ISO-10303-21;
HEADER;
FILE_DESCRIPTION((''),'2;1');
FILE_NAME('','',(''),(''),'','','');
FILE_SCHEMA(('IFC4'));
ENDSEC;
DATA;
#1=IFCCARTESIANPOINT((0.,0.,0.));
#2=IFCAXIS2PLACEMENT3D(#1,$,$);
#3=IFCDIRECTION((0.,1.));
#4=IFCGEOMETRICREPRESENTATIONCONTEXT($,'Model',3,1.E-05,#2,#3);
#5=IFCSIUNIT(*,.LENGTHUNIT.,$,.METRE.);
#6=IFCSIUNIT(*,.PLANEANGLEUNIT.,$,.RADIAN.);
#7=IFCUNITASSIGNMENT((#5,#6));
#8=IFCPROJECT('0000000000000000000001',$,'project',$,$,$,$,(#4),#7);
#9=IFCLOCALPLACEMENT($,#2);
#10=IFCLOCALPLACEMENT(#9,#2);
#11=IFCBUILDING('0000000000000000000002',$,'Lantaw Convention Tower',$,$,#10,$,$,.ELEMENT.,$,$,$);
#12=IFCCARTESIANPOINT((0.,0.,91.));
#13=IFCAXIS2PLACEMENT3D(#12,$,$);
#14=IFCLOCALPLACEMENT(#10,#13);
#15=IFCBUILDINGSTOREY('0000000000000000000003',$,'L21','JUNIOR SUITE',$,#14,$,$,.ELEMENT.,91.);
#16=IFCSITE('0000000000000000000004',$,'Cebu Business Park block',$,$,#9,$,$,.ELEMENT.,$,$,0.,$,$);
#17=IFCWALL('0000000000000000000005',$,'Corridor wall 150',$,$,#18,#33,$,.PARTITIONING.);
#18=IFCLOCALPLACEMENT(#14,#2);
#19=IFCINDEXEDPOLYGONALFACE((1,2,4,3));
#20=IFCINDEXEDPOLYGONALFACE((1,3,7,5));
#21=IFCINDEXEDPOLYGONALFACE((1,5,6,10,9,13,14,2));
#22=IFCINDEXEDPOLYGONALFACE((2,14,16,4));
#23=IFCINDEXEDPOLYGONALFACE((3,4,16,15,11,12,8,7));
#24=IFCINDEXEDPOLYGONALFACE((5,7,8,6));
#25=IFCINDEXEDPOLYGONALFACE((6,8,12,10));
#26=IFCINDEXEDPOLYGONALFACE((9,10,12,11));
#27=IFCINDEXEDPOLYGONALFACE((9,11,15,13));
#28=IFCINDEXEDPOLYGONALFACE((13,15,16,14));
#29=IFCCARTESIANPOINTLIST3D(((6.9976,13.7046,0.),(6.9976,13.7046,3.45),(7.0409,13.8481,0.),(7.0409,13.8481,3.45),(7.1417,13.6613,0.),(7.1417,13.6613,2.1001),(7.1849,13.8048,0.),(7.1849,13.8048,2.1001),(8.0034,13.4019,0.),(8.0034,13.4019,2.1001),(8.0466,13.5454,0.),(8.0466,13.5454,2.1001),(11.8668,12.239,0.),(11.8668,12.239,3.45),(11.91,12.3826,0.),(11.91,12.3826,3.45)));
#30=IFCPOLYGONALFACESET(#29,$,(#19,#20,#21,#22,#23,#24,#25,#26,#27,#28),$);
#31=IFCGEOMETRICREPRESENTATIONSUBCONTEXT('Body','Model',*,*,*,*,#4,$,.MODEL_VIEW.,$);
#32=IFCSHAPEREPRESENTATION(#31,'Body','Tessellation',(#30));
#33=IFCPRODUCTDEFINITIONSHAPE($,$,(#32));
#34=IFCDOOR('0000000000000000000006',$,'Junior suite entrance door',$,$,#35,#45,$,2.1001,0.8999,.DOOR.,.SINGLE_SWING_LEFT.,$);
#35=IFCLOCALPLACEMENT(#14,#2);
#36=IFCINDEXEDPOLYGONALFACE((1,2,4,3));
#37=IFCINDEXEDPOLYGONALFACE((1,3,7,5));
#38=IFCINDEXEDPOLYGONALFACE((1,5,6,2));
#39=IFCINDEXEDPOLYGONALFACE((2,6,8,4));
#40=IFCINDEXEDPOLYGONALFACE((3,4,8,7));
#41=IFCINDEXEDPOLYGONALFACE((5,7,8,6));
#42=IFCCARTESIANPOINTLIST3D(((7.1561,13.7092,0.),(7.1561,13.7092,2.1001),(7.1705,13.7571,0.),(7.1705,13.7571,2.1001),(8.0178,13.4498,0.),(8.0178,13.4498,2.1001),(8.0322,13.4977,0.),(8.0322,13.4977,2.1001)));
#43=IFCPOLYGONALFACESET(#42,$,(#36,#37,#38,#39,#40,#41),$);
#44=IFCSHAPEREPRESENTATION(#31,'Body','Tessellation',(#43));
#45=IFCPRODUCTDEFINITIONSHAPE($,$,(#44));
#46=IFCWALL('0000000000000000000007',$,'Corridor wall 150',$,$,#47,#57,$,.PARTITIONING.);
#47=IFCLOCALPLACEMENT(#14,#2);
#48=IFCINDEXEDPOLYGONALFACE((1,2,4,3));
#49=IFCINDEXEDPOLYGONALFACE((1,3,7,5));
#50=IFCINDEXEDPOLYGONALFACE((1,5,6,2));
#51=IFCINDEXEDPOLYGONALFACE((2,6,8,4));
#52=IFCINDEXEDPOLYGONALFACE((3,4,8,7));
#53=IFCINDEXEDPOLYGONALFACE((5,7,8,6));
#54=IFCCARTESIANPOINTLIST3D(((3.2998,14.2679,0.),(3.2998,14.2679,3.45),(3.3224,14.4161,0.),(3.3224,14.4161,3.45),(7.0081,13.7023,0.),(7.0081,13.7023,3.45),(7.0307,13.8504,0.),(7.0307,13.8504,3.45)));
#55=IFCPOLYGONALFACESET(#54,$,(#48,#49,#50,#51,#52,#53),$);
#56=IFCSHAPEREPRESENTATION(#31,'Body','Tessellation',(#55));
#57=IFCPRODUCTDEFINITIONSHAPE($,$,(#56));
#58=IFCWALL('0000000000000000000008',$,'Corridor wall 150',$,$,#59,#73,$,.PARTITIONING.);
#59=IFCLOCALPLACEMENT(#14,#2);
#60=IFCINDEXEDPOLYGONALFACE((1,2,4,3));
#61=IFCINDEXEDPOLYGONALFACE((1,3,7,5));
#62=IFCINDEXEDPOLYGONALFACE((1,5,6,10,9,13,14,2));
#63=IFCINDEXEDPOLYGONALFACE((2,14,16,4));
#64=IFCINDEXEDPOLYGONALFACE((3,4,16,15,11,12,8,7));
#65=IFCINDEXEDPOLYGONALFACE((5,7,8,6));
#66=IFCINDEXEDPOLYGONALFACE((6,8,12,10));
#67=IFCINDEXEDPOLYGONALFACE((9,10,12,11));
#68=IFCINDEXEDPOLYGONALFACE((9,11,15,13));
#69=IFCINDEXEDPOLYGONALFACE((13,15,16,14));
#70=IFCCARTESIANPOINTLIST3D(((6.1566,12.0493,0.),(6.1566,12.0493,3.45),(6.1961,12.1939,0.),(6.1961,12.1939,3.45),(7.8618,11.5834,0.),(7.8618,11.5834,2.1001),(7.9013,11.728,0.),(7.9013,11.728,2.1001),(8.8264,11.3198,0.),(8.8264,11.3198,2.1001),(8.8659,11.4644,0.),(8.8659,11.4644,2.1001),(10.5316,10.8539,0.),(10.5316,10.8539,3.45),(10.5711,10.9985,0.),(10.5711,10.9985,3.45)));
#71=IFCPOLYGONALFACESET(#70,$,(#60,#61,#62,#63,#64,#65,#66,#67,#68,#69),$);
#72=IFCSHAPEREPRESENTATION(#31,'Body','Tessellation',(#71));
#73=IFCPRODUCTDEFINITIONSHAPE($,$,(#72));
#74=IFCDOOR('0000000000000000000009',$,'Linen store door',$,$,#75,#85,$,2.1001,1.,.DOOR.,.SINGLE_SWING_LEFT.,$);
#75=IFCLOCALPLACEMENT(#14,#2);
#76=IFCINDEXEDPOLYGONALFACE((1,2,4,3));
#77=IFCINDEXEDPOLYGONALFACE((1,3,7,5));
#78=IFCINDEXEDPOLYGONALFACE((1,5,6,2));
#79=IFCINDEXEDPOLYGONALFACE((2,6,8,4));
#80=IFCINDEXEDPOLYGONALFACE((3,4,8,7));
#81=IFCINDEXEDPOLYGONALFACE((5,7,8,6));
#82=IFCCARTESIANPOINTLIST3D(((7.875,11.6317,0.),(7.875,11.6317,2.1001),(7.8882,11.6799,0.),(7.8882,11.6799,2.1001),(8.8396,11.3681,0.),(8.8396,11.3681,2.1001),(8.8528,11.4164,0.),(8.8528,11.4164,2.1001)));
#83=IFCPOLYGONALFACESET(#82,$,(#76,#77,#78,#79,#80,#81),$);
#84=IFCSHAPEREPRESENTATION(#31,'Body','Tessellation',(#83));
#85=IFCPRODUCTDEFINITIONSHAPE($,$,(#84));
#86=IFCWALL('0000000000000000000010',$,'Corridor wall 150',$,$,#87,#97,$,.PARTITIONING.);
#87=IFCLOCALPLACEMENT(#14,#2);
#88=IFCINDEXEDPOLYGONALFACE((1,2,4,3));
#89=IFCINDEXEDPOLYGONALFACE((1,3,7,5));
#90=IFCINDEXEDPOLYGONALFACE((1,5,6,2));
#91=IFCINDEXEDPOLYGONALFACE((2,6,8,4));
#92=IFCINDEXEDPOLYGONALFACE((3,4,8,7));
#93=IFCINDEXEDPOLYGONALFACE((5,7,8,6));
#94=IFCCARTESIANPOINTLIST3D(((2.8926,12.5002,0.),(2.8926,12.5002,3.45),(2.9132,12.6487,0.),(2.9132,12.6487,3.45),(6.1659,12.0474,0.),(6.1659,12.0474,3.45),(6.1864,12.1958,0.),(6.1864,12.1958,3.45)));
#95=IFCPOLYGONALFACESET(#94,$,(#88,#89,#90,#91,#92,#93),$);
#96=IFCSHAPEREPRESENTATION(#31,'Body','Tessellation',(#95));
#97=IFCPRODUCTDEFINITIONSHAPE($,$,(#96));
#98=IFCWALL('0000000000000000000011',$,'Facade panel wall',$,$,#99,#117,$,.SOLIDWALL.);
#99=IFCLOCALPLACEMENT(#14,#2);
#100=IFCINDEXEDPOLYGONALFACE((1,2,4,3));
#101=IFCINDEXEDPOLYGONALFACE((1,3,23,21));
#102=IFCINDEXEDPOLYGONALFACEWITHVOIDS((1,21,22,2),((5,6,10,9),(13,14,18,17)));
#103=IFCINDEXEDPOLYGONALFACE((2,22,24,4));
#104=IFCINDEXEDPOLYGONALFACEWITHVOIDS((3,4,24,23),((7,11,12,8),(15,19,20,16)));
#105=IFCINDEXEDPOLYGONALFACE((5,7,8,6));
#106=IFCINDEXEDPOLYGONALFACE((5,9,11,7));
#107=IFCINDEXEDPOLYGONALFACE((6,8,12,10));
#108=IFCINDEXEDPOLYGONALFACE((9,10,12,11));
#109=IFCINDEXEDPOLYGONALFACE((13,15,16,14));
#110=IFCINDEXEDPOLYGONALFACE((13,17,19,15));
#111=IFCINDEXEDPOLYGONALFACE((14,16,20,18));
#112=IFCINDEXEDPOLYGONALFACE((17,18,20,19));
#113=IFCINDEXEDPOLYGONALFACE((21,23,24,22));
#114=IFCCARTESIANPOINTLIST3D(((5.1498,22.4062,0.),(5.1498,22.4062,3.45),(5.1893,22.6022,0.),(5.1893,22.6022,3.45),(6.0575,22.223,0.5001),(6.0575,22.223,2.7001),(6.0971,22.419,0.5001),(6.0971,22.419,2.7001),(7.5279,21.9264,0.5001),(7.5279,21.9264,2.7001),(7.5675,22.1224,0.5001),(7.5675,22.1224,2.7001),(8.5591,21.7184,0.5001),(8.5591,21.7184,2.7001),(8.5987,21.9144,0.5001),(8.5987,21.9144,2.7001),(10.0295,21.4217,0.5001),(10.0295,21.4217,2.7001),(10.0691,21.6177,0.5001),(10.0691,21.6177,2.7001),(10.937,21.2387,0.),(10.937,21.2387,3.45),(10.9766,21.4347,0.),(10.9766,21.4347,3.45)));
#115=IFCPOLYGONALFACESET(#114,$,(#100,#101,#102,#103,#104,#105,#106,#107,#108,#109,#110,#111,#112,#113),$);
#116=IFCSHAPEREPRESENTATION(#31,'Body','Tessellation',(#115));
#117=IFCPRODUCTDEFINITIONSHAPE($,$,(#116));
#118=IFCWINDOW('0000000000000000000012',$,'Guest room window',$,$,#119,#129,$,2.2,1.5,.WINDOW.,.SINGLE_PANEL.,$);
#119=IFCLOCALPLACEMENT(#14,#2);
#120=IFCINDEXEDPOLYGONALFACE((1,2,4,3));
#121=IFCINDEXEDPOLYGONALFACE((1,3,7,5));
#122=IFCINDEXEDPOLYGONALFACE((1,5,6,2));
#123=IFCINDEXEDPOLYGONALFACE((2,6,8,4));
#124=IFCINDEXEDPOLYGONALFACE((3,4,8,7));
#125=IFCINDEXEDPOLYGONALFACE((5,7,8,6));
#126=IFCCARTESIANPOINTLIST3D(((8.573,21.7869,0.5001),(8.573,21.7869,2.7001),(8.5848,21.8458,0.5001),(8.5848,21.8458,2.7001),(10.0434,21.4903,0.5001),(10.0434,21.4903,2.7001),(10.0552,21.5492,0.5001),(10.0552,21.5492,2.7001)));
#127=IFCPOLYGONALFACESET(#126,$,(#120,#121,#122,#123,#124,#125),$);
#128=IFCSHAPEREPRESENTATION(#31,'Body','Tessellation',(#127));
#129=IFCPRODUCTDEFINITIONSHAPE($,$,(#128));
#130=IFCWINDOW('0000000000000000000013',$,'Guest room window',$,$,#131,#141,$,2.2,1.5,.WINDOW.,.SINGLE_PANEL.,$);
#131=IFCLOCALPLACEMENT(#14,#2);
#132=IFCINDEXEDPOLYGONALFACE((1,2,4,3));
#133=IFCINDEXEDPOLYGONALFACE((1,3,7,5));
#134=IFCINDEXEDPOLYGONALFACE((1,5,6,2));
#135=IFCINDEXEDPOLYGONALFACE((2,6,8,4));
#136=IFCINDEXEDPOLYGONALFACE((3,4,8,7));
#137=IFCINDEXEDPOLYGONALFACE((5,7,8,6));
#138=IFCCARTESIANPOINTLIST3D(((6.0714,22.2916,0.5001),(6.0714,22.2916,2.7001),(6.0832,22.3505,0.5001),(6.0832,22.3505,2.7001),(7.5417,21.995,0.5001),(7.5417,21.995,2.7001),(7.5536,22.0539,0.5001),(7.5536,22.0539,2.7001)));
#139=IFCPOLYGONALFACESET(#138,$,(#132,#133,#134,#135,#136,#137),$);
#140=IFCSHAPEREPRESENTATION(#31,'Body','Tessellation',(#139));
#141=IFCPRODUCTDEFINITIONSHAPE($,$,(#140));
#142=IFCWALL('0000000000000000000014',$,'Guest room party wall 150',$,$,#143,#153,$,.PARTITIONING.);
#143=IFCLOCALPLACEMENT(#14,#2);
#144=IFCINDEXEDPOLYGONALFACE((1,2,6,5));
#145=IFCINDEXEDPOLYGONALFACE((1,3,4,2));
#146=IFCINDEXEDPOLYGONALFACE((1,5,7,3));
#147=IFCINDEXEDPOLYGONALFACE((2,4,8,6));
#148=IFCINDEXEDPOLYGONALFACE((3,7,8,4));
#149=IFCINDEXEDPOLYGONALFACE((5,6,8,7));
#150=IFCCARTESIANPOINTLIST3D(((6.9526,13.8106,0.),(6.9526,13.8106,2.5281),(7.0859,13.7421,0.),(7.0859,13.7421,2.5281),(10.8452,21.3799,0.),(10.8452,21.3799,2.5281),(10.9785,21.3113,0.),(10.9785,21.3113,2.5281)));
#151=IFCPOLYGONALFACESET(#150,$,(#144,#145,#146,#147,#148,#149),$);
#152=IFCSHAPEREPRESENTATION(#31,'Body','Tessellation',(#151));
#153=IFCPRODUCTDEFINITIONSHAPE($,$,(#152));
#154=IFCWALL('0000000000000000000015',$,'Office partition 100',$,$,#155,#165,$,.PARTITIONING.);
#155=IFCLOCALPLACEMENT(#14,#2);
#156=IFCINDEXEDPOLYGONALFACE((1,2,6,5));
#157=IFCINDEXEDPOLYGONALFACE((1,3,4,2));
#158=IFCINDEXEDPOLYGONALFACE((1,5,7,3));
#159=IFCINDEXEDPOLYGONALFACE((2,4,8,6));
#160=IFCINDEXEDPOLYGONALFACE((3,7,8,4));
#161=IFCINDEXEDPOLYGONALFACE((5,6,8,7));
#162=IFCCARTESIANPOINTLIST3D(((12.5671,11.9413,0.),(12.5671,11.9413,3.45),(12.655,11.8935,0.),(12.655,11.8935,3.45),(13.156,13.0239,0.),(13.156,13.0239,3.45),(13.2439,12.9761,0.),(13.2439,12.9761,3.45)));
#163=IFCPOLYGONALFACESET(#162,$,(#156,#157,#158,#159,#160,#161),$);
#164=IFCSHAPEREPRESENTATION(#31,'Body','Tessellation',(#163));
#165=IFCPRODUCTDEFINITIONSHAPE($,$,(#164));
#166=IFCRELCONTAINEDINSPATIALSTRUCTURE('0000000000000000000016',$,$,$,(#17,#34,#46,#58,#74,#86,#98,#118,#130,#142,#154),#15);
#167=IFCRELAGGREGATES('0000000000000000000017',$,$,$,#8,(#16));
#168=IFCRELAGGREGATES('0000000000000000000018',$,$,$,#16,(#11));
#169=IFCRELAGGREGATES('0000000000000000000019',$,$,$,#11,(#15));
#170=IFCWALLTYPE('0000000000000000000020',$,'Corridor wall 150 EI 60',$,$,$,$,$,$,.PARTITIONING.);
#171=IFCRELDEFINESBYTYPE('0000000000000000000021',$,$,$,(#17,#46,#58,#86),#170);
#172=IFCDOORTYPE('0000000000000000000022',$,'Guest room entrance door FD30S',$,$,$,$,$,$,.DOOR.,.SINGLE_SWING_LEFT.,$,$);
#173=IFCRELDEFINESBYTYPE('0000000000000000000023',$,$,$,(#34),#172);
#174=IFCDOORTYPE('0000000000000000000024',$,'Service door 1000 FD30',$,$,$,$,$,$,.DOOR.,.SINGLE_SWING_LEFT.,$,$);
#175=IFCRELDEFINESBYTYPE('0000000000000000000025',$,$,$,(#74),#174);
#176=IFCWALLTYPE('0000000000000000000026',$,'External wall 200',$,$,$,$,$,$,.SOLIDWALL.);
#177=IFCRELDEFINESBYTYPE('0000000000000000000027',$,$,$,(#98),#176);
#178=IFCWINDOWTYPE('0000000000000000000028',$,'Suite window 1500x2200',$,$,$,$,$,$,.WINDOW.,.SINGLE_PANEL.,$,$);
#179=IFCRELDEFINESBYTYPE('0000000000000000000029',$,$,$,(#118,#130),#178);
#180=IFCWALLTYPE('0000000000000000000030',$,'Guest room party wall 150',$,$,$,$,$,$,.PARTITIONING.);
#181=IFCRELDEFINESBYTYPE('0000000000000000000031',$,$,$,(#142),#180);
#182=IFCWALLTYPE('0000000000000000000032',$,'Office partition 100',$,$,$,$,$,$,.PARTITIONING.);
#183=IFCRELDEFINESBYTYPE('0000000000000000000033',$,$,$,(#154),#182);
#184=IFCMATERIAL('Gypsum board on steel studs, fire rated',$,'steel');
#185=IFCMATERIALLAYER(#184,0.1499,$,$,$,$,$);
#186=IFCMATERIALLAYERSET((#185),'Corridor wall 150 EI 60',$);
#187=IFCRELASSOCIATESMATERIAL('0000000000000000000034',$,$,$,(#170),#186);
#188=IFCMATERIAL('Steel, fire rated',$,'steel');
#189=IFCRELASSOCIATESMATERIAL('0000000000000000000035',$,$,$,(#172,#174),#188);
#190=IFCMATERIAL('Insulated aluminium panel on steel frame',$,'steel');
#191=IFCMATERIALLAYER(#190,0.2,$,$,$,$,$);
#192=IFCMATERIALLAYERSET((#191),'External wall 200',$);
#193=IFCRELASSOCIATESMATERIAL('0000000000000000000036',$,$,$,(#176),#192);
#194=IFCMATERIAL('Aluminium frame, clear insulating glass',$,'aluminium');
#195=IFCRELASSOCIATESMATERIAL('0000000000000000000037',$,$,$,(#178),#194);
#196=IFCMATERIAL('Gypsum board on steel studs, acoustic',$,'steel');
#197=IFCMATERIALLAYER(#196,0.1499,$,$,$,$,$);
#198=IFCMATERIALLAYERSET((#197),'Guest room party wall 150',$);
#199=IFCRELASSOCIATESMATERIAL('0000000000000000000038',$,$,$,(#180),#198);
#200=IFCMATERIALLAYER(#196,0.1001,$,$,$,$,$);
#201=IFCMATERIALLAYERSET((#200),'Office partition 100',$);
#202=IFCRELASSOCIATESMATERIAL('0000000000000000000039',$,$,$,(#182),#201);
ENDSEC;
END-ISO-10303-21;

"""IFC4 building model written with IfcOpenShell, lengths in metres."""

from ifc_helpers import new_model, si_unit, direction, frame, frame_2d, origin, place, context, subcontext, project, spatial, rectangle, extrude, material, layer, layer_set, type_object, element, fill, save


model = new_model("IFC4")

# Units and contexts
model_context = context("Model", 3, precision=1e-05, world=origin(), true_north=direction((0.0, 1.0)))
body_context = subcontext(model_context, "Body", "Model", "MODEL_VIEW")
ifc_project = project(units=[si_unit("LENGTHUNIT", "METRE"), si_unit("PLANEANGLEUNIT", "RADIAN")], contexts=[model_context])

# Site, building, storey
site_placement = place(None, origin())
site = spatial("IfcSite", under=ifc_project, at=site_placement, Name="Cebu Business Park block", CompositionType="ELEMENT", RefElevation=0.0)
building_placement = place(site_placement, origin())
building = spatial("IfcBuilding", under=site, at=building_placement, Name="Lantaw Convention Tower", CompositionType="ELEMENT")
storey_placement = place(building_placement, frame((0.0, 0.0, 91.0)))
storey = spatial("IfcBuildingStorey", under=building, at=storey_placement, Name="L21", Description="JUNIOR SUITE", CompositionType="ELEMENT", Elevation=91.0)

# Wall, opening, door
ifc_material_1 = material(Name="Gypsum board on steel studs, fire rated", Category="steel")
ifc_layer_1 = layer(ifc_material_1, 0.1499)
ifc_layer_set_1 = layer_set([ifc_layer_1], Name="Corridor wall 150 EI 60")
wall_type_1 = type_object("IfcWallType", Name="Corridor wall 150 EI 60", PredefinedType="PARTITIONING", material=ifc_layer_set_1)
wall_1_placement = place(storey_placement, frame((11.8884, 12.3108, 0.0), z_axis=(0.0, 0.0, 1.0), x_axis=(-0.957564, 0.28822, 0.0)))
wall_1 = element("IfcWall", 1, at=wall_1_placement, inside=storey, type_object=wall_type_1, Name="Corridor wall 150", PredefinedType="PARTITIONING", context=body_context, shape_type="SweptSolid", body=[
    extrude(rectangle(XDim=5.085, YDim=0.1499, at=frame_2d((2.5425, 0.0))), origin(), (0.0, 0.0, 1.0), 3.45),
])
opening_1_placement = place(wall_1_placement, frame((4.0347, 0.0, 0.0)))
opening_1 = element("IfcOpeningElement", 2, at=opening_1_placement, cuts=wall_1, PredefinedType="OPENING", context=body_context, shape_type="SweptSolid", body=[
    extrude(rectangle(XDim=0.8999, YDim=2.1001, at=frame_2d((0.45, 1.05))), frame((0.0, 0.085, 0.0), z_axis=(0.0, -1.0, 0.0), x_axis=(1.0, 0.0, 0.0)), (0.0, 0.0, 1.0), 0.1699),
])
ifc_material_2 = material(Name="Steel, fire rated", Category="steel")
door_type_1 = type_object("IfcDoorType", Name="Guest room entrance door FD30S", OperationType="SINGLE_SWING_LEFT", PredefinedType="DOOR", material=ifc_material_2)
door_1_placement = place(opening_1_placement, origin())
door_1 = element("IfcDoor", 3, at=door_1_placement, inside=storey, type_object=door_type_1, Name="Junior suite entrance door", OperationType="SINGLE_SWING_LEFT", OverallHeight=2.1001, OverallWidth=0.8999, PredefinedType="DOOR", context=body_context, shape_type="SweptSolid", body=[
    extrude(rectangle(XDim=0.8999, YDim=2.1001, at=frame_2d((0.45, 1.05))), frame((0.0, 0.0249, 0.0), z_axis=(0.0, -1.0, 0.0), x_axis=(1.0, 0.0, 0.0)), (0.0, 0.0, 1.0), 0.05),
])
fill(opening_1, door_1)

# Wall
wall_2_placement = place(storey_placement, frame((7.0193, 13.7764, 0.0), z_axis=(0.0, 0.0, 1.0), x_axis=(-0.988564, 0.1508, 0.0)))
element("IfcWall", 4, at=wall_2_placement, inside=storey, type_object=wall_type_1, Name="Corridor wall 150", PredefinedType="PARTITIONING", context=body_context, shape_type="SweptSolid", body=[
    extrude(rectangle(XDim=3.7512, YDim=0.1499, at=frame_2d((1.8755, 0.0))), origin(), (0.0, 0.0, 1.0), 3.45),
])

# Wall, opening, door
wall_3_placement = place(storey_placement, frame((10.5513, 10.9263, 0.0), z_axis=(0.0, 0.0, 1.0), x_axis=(-0.964644, 0.263555, 0.0)))
wall_3 = element("IfcWall", 5, at=wall_3_placement, inside=storey, type_object=wall_type_1, Name="Corridor wall 150", PredefinedType="PARTITIONING", context=body_context, shape_type="SweptSolid", body=[
    extrude(rectangle(XDim=4.5354, YDim=0.1499, at=frame_2d((2.2676, 0.0))), origin(), (0.0, 0.0, 1.0), 3.45),
])
opening_2_placement = place(wall_3_placement, frame((1.7676, 0.0, 0.0)))
opening_2 = element("IfcOpeningElement", 6, at=opening_2_placement, cuts=wall_3, PredefinedType="OPENING", context=body_context, shape_type="SweptSolid", body=[
    extrude(rectangle(XDim=1.0, YDim=2.1001, at=frame_2d((0.5, 1.05))), frame((0.0, 0.085, 0.0), z_axis=(0.0, -1.0, 0.0), x_axis=(1.0, 0.0, 0.0)), (0.0, 0.0, 1.0), 0.1699),
])
door_type_2 = type_object("IfcDoorType", Name="Service door 1000 FD30", OperationType="SINGLE_SWING_LEFT", PredefinedType="DOOR", material=ifc_material_2)
door_2_placement = place(opening_2_placement, origin())
door_2 = element("IfcDoor", 7, at=door_2_placement, inside=storey, type_object=door_type_2, Name="Linen store door", OperationType="SINGLE_SWING_LEFT", OverallHeight=2.1001, OverallWidth=1.0, PredefinedType="DOOR", context=body_context, shape_type="SweptSolid", body=[
    extrude(rectangle(XDim=1.0, YDim=2.1001, at=frame_2d((0.5, 1.05))), frame((0.0, 0.0249, 0.0), z_axis=(0.0, -1.0, 0.0), x_axis=(1.0, 0.0, 0.0)), (0.0, 0.0, 1.0), 0.05),
])
fill(opening_2, door_2)

# Wall
wall_4_placement = place(storey_placement, frame((6.1763, 12.1216, 0.0), z_axis=(0.0, 0.0, 1.0), x_axis=(-0.990563, 0.137055, 0.0)))
element("IfcWall", 8, at=wall_4_placement, inside=storey, type_object=wall_type_1, Name="Corridor wall 150", PredefinedType="PARTITIONING", context=body_context, shape_type="SweptSolid", body=[
    extrude(rectangle(XDim=3.3044, YDim=0.1499, at=frame_2d((1.6523, 0.0))), origin(), (0.0, 0.0, 1.0), 3.45),
])

# Wall, openings, windows
ifc_material_3 = material(Name="Insulated aluminium panel on steel frame", Category="steel")
ifc_layer_2 = layer(ifc_material_3, 0.2)
ifc_layer_set_2 = layer_set([ifc_layer_2], Name="External wall 200")
wall_type_2 = type_object("IfcWallType", Name="External wall 200", PredefinedType="SOLIDWALL", material=ifc_layer_set_2)
wall_5_placement = place(storey_placement, frame((10.9568, 21.3367, 0.0), z_axis=(0.0, 0.0, 1.0), x_axis=(-0.980252, 0.197754, 0.0)))
wall_5 = element("IfcWall", 9, at=wall_5_placement, inside=storey, type_object=wall_type_2, Name="Facade panel wall", PredefinedType="SOLIDWALL", context=body_context, shape_type="SweptSolid", body=[
    extrude(rectangle(XDim=5.9038, YDim=0.2, at=frame_2d((2.9519, 0.0))), origin(), (0.0, 0.0, 1.0), 3.45),
])
opening_3_placement = place(wall_5_placement, frame((0.9258, 0.0, 0.5)))
opening_3 = element("IfcOpeningElement", 10, at=opening_3_placement, cuts=wall_5, PredefinedType="OPENING", context=body_context, shape_type="SweptSolid", body=[
    extrude(rectangle(XDim=1.5, YDim=2.2, at=frame_2d((0.75, 1.1001))), frame((0.0, 0.1099, 0.0), z_axis=(0.0, -1.0, 0.0), x_axis=(1.0, 0.0, 0.0)), (0.0, 0.0, 1.0), 0.22),
])
opening_4_placement = place(wall_5_placement, frame((3.4778, 0.0, 0.5)))
opening_4 = element("IfcOpeningElement", 11, at=opening_4_placement, cuts=wall_5, PredefinedType="OPENING", context=body_context, shape_type="SweptSolid", body=[
    extrude(rectangle(XDim=1.5, YDim=2.2, at=frame_2d((0.75, 1.1001))), frame((0.0, 0.1099, 0.0), z_axis=(0.0, -1.0, 0.0), x_axis=(1.0, 0.0, 0.0)), (0.0, 0.0, 1.0), 0.22),
])
ifc_material_4 = material(Name="Aluminium frame, clear insulating glass", Category="aluminium")
window_type = type_object("IfcWindowType", Name="Suite window 1500x2200", PartitioningType="SINGLE_PANEL", PredefinedType="WINDOW", material=ifc_material_4)
window_1_placement = place(opening_3_placement, origin())
window_1 = element("IfcWindow", 12, at=window_1_placement, inside=storey, type_object=window_type, Name="Guest room window", OverallHeight=2.2, OverallWidth=1.5, PartitioningType="SINGLE_PANEL", PredefinedType="WINDOW", context=body_context, shape_type="SweptSolid", body=[
    extrude(rectangle(XDim=1.5, YDim=2.2, at=frame_2d((0.75, 1.1001))), frame((0.0, 0.03, 0.0), z_axis=(0.0, -1.0, 0.0), x_axis=(1.0, 0.0, 0.0)), (0.0, 0.0, 1.0), 0.0601),
])
fill(opening_3, window_1)
window_2_placement = place(opening_4_placement, origin())
window_2 = element("IfcWindow", 13, at=window_2_placement, inside=storey, type_object=window_type, Name="Guest room window", OverallHeight=2.2, OverallWidth=1.5, PartitioningType="SINGLE_PANEL", PredefinedType="WINDOW", context=body_context, shape_type="SweptSolid", body=[
    extrude(rectangle(XDim=1.5, YDim=2.2, at=frame_2d((0.75, 1.1001))), frame((0.0, 0.03, 0.0), z_axis=(0.0, -1.0, 0.0), x_axis=(1.0, 0.0, 0.0)), (0.0, 0.0, 1.0), 0.0601),
])
fill(opening_4, window_2)

# Walls
ifc_material_5 = material(Name="Gypsum board on steel studs, acoustic", Category="steel")
ifc_layer_3 = layer(ifc_material_5, 0.1499)
ifc_layer_set_3 = layer_set([ifc_layer_3], Name="Guest room party wall 150")
wall_type_3 = type_object("IfcWallType", Name="Guest room party wall 150", PredefinedType="PARTITIONING", material=ifc_layer_set_3)
wall_6_placement = place(storey_placement, frame((10.9119, 21.3457, 0.0), z_axis=(0.0, 0.0, 1.0), x_axis=(-0.457327, -0.889298, 0.0)))
element("IfcWall", 14, at=wall_6_placement, inside=storey, type_object=wall_type_3, Name="Guest room party wall 150", PredefinedType="PARTITIONING", context=body_context, shape_type="SweptSolid", body=[
    extrude(rectangle(XDim=8.5115, YDim=0.1499, at=frame_2d((4.2559, 0.0))), origin(), (0.0, 0.0, 1.0), 2.5281),
])
ifc_layer_4 = layer(ifc_material_5, 0.1001)
ifc_layer_set_4 = layer_set([ifc_layer_4], Name="Office partition 100")
wall_type_4 = type_object("IfcWallType", Name="Office partition 100", PredefinedType="PARTITIONING", material=ifc_layer_set_4)
wall_7_placement = place(storey_placement, frame((13.2, 13.0, 0.0), z_axis=(0.0, 0.0, 1.0), x_axis=(-0.477852, -0.87844, 0.0)))
element("IfcWall", 15, at=wall_7_placement, inside=storey, type_object=wall_type_4, Name="Office partition 100", PredefinedType="PARTITIONING", context=body_context, shape_type="SweptSolid", body=[
    extrude(rectangle(XDim=1.2324, YDim=0.1001, at=frame_2d((0.6162, 0.0))), origin(), (0.0, 0.0, 1.0), 3.45),
])

save(model, "model.ifc")
